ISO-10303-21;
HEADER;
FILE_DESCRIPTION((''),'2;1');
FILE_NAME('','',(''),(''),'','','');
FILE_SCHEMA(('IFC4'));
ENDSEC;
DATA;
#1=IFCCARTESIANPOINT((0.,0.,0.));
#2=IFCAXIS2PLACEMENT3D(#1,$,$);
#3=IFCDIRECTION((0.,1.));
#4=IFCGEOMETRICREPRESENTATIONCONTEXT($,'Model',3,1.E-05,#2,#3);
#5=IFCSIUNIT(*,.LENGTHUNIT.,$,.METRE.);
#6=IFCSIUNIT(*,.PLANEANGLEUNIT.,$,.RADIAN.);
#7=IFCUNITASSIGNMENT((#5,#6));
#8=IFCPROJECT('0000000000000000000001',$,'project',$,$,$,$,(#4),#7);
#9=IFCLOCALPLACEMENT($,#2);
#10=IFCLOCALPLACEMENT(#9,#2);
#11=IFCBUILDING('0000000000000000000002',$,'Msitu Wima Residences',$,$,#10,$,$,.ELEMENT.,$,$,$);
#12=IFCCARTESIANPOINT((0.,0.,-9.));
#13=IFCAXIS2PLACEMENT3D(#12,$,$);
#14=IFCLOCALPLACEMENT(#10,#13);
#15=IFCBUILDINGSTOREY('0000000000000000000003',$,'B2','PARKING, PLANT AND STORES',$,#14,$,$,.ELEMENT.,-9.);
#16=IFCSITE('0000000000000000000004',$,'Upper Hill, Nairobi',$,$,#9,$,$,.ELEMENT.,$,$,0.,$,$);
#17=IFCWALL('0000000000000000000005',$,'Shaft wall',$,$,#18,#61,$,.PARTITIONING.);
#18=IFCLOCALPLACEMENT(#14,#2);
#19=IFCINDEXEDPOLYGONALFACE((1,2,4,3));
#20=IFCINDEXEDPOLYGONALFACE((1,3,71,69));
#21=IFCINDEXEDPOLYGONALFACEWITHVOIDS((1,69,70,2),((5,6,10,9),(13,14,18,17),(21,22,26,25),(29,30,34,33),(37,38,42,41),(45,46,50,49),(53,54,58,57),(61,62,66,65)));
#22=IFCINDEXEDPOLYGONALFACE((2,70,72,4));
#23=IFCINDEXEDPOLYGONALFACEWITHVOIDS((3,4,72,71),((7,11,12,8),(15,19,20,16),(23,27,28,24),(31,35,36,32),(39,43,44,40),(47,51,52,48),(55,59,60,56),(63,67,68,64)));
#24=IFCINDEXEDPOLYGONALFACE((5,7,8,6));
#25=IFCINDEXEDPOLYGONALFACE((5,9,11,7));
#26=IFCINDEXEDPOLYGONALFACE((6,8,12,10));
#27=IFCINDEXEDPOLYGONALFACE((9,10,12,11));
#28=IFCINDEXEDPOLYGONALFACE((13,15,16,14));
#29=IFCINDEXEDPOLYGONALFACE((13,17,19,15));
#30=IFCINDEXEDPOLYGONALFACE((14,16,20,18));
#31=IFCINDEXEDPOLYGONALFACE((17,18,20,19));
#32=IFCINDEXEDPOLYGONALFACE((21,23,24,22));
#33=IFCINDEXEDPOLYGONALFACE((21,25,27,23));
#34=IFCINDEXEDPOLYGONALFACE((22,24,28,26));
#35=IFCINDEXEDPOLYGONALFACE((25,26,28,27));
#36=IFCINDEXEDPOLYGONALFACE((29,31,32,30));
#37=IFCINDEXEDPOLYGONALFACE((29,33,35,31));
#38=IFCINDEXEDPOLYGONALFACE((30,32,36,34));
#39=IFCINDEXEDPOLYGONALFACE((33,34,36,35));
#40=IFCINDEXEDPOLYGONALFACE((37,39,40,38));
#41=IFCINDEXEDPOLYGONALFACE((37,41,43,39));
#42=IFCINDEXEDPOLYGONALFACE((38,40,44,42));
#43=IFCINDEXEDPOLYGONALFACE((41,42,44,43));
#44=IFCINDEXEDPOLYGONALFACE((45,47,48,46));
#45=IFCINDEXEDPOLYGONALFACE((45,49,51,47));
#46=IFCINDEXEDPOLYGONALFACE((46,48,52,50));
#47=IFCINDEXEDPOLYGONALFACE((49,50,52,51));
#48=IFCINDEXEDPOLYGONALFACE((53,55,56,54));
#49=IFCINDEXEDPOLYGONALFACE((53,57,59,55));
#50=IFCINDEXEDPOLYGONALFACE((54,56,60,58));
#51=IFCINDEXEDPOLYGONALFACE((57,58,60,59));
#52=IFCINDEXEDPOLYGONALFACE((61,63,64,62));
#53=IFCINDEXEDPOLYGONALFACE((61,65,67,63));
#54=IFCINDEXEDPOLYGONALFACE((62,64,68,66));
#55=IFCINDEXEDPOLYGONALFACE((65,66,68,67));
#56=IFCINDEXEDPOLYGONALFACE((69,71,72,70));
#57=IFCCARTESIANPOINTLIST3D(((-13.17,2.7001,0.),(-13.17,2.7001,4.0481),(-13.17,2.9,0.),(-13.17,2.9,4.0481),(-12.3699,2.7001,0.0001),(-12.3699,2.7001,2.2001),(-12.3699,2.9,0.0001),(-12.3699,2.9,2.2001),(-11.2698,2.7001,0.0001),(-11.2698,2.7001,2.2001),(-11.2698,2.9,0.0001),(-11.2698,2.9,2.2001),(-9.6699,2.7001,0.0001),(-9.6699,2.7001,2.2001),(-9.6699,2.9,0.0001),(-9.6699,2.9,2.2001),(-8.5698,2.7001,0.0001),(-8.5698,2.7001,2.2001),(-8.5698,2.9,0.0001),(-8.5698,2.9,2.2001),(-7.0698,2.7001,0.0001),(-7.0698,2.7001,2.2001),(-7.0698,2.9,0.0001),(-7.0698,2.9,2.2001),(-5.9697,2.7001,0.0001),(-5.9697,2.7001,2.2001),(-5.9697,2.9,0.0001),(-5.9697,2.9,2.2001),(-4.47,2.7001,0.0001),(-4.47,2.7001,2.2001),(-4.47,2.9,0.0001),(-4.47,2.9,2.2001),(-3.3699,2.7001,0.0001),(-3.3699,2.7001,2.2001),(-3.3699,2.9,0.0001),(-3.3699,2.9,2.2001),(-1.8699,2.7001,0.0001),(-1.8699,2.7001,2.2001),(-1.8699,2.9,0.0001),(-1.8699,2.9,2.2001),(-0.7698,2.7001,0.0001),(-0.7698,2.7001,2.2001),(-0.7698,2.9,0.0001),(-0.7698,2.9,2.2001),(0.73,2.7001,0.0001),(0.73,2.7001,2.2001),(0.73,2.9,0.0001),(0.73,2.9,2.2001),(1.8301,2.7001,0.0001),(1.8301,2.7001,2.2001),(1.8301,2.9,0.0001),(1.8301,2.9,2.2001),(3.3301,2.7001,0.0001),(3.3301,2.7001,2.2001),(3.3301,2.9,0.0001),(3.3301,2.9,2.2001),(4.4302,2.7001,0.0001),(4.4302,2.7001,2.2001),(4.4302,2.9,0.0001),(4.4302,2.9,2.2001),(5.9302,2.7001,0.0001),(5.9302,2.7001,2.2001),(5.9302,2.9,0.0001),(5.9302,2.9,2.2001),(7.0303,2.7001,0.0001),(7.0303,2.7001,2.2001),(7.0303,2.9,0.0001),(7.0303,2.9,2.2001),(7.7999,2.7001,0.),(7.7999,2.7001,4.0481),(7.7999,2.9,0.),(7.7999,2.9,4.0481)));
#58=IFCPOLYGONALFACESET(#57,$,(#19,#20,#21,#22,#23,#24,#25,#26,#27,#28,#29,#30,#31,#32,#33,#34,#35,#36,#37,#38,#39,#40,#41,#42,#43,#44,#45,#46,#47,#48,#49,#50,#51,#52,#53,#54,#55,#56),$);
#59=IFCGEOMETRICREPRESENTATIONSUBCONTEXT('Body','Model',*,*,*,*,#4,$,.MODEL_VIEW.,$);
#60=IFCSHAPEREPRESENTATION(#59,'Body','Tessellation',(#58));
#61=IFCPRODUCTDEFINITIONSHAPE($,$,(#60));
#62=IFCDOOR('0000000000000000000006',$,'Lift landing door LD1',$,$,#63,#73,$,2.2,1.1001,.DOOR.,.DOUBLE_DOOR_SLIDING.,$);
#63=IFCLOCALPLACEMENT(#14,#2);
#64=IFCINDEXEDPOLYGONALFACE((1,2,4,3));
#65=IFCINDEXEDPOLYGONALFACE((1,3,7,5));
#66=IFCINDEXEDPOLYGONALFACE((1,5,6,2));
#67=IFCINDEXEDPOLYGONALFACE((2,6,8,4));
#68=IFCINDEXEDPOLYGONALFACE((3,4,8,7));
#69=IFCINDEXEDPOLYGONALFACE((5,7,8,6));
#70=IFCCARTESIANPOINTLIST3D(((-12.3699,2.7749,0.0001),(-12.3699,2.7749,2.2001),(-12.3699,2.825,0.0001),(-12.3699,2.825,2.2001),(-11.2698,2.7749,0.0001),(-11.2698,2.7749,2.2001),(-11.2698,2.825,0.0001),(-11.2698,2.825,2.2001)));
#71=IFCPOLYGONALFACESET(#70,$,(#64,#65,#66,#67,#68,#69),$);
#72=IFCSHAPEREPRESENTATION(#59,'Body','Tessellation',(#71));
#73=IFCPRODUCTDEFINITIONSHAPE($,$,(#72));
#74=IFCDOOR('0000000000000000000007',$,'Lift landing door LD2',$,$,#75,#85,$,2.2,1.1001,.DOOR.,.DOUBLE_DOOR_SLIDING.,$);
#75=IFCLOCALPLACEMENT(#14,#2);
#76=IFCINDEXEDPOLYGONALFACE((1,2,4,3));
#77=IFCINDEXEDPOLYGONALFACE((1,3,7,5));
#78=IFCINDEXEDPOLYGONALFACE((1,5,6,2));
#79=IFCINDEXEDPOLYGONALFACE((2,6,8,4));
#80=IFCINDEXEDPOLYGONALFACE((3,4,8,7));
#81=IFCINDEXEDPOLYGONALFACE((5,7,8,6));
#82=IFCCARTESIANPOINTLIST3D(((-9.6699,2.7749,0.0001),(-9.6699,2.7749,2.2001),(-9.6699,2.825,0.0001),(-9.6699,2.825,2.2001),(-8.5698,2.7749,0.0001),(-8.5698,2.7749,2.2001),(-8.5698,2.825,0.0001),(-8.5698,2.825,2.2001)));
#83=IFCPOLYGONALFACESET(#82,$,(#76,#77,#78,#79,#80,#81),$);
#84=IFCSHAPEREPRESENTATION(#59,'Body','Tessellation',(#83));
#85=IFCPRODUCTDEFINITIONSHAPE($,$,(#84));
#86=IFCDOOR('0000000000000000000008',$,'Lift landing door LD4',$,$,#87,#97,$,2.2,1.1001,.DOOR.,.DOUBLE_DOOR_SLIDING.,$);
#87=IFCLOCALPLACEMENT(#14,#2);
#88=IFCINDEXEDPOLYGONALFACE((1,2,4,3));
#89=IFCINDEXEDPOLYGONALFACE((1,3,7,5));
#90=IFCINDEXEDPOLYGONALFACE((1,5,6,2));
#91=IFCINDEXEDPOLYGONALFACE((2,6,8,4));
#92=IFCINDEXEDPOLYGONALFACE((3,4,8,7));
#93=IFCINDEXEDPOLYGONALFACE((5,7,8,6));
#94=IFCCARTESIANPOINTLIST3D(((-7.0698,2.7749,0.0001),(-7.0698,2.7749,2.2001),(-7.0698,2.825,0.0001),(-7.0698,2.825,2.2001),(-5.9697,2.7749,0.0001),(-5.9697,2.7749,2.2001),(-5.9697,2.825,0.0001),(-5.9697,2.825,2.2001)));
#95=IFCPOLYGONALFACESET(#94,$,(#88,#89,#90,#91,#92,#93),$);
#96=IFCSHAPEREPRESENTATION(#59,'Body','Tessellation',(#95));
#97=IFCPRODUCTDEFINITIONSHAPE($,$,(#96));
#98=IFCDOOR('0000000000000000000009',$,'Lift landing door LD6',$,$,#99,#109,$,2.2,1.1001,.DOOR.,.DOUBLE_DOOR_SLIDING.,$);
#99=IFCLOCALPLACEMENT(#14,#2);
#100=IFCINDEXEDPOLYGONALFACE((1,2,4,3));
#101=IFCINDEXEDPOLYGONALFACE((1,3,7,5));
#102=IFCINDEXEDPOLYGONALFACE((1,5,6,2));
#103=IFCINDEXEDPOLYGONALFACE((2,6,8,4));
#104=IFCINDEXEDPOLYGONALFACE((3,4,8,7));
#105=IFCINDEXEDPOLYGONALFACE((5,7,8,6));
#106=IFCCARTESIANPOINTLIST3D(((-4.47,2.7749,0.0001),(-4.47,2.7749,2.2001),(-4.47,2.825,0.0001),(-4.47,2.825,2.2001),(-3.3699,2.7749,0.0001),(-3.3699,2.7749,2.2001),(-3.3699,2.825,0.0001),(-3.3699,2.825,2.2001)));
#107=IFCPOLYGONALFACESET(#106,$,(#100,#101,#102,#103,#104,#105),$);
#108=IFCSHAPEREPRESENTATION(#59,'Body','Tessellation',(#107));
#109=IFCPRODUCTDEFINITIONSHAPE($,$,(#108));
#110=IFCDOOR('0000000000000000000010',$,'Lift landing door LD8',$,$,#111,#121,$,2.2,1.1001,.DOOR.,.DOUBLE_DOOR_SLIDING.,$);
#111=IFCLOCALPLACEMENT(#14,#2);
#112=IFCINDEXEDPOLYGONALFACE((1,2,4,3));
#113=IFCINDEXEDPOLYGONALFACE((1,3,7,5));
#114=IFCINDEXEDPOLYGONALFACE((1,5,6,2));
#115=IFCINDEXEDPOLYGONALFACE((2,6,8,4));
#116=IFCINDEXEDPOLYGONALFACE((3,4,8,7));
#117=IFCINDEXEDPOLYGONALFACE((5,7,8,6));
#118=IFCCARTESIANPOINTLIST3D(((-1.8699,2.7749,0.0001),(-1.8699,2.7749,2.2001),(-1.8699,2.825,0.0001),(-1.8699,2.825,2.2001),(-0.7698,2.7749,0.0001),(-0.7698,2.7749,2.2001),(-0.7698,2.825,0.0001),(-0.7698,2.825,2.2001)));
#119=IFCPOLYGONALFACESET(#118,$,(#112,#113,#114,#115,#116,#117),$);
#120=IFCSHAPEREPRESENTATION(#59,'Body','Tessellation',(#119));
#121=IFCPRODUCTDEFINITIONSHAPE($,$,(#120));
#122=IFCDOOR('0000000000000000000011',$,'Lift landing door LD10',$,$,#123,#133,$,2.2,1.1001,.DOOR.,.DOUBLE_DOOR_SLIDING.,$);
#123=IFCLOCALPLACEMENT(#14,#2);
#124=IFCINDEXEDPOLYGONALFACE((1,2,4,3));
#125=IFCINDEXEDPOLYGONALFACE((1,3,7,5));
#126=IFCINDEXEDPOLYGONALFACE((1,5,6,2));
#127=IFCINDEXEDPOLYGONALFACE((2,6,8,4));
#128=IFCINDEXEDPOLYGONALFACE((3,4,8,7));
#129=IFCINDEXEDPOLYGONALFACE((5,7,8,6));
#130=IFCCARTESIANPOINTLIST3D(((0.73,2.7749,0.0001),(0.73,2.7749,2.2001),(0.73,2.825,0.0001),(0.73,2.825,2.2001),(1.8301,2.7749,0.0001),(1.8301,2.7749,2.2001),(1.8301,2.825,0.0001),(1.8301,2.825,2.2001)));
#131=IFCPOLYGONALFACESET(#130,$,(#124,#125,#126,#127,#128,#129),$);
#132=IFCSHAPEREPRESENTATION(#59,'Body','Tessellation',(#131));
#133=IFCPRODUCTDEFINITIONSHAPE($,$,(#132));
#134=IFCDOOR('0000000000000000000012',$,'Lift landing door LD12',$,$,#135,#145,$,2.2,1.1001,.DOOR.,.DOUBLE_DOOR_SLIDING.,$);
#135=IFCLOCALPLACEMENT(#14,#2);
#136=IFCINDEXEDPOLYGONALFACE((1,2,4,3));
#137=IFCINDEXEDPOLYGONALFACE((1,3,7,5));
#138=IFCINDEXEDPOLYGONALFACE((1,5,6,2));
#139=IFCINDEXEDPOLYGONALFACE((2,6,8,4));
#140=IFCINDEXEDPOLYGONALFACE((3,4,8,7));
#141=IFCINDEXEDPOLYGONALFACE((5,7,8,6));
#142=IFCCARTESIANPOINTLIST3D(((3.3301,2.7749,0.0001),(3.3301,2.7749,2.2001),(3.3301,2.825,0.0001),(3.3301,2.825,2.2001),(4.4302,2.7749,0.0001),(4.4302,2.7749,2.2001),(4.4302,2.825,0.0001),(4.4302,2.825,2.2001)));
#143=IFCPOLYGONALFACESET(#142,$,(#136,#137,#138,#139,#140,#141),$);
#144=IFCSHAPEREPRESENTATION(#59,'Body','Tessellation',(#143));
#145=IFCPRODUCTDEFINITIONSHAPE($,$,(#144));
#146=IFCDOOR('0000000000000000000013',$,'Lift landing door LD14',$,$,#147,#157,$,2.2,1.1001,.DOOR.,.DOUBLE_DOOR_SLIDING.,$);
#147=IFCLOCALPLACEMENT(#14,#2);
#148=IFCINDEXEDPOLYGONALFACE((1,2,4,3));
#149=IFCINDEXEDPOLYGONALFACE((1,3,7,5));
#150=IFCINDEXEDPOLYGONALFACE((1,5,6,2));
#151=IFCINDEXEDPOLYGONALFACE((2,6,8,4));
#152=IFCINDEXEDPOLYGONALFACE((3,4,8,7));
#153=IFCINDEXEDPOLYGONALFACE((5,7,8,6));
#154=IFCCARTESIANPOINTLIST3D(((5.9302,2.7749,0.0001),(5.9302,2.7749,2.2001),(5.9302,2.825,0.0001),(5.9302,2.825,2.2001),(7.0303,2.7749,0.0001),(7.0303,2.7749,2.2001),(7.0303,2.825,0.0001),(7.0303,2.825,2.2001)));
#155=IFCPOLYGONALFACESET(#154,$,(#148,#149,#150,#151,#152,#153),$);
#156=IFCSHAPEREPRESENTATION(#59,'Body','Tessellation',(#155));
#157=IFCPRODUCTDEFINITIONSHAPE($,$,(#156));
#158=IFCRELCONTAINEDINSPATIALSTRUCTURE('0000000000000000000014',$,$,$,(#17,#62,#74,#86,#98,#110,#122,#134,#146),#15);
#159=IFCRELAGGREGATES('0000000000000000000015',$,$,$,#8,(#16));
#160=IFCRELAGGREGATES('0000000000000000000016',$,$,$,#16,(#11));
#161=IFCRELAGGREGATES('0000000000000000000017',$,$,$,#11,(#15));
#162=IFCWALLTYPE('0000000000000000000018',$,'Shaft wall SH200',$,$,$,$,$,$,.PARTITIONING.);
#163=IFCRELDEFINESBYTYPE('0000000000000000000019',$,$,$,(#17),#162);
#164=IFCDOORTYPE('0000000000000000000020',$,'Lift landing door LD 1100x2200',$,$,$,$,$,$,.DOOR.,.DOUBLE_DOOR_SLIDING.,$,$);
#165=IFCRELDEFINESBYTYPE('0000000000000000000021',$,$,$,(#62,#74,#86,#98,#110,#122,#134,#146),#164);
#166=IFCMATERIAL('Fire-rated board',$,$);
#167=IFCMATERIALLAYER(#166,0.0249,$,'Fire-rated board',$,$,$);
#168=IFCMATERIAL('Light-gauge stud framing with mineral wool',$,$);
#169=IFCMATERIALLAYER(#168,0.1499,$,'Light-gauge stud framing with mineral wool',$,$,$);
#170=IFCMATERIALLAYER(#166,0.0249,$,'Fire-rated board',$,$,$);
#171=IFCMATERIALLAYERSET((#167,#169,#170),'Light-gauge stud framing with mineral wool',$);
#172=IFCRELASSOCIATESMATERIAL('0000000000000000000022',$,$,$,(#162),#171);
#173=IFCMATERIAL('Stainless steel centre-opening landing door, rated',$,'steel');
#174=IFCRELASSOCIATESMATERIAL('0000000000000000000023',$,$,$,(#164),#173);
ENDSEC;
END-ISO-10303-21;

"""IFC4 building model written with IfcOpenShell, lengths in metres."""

from ifc_helpers import new_model, si_unit, direction, frame, frame_2d, origin, place, context, subcontext, project, spatial, rectangle, extrude, material, layer, layer_set, type_object, element, fill, save


model = new_model("IFC4")

# Units and contexts
model_context = context("Model", 3, precision=1e-05, world=origin(), true_north=direction((0.0, 1.0)))
body_context = subcontext(model_context, "Body", "Model", "MODEL_VIEW")
ifc_project = project(units=[si_unit("LENGTHUNIT", "METRE"), si_unit("PLANEANGLEUNIT", "RADIAN")], contexts=[model_context])

# Site, building, storey
site_placement = place(None, origin())
site = spatial("IfcSite", under=ifc_project, at=site_placement, Name="Upper Hill, Nairobi", CompositionType="ELEMENT", RefElevation=0.0)
building_placement = place(site_placement, origin())
building = spatial("IfcBuilding", under=site, at=building_placement, Name="Msitu Wima Residences", CompositionType="ELEMENT")
storey_placement = place(building_placement, frame((0.0, 0.0, -9.0)))
storey = spatial("IfcBuildingStorey", under=building, at=storey_placement, Name="B2", Description="PARKING, PLANT AND STORES", CompositionType="ELEMENT", Elevation=-9.0)

# Shared definitions
ifc_material_1 = material(Name="Fire-rated board")
ifc_layer_1 = layer(ifc_material_1, 0.0249, Name="Fire-rated board")
ifc_material_2 = material(Name="Light-gauge stud framing with mineral wool")
ifc_layer_2 = layer(ifc_material_2, 0.1499, Name="Light-gauge stud framing with mineral wool")
ifc_layer_3 = layer(ifc_material_1, 0.0249, Name="Fire-rated board")
ifc_layer_set_1 = layer_set([ifc_layer_1, ifc_layer_2, ifc_layer_3], Name="Light-gauge stud framing with mineral wool")
wall_type_1 = type_object("IfcWallType", Name="Shaft wall SH200", PredefinedType="PARTITIONING", material=ifc_layer_set_1)

# Wall, openings, doors
wall_1_placement = place(storey_placement, frame((-13.1699, 2.8, 0.0), z_axis=(0.0, 0.0, 1.0), x_axis=(1.0, 0.0, 0.0)))
wall_1 = element("IfcWall", 1, at=wall_1_placement, inside=storey, type_object=wall_type_1, Name="Shaft wall", PredefinedType="PARTITIONING", context=body_context, shape_type="SweptSolid", body=[
    extrude(rectangle(XDim=20.97, YDim=0.2, at=frame_2d((10.4849, 0.0))), origin(), (0.0, 0.0, 1.0), 4.0481),
])
opening_1_placement = place(wall_1_placement, frame((0.8, 0.0, 0.0)))
opening_1 = element("IfcOpeningElement", 2, at=opening_1_placement, cuts=wall_1, PredefinedType="OPENING", context=body_context, shape_type="SweptSolid", body=[
    extrude(rectangle(XDim=1.1001, YDim=2.2, at=frame_2d((0.55, 1.1001))), frame((0.0, 0.1099, 0.0), z_axis=(0.0, -1.0, 0.0), x_axis=(1.0, 0.0, 0.0)), (0.0, 0.0, 1.0), 0.22),
])
opening_2_placement = place(wall_1_placement, frame((3.5, 0.0, 0.0)))
opening_2 = element("IfcOpeningElement", 3, at=opening_2_placement, cuts=wall_1, PredefinedType="OPENING", context=body_context, shape_type="SweptSolid", body=[
    extrude(rectangle(XDim=1.1001, YDim=2.2, at=frame_2d((0.55, 1.1001))), frame((0.0, 0.1099, 0.0), z_axis=(0.0, -1.0, 0.0), x_axis=(1.0, 0.0, 0.0)), (0.0, 0.0, 1.0), 0.22),
])
opening_3_placement = place(wall_1_placement, frame((6.1001, 0.0, 0.0)))
opening_3 = element("IfcOpeningElement", 4, at=opening_3_placement, cuts=wall_1, PredefinedType="OPENING", context=body_context, shape_type="SweptSolid", body=[
    extrude(rectangle(XDim=1.1001, YDim=2.2, at=frame_2d((0.55, 1.1001))), frame((0.0, 0.1099, 0.0), z_axis=(0.0, -1.0, 0.0), x_axis=(1.0, 0.0, 0.0)), (0.0, 0.0, 1.0), 0.22),
])
opening_4_placement = place(wall_1_placement, frame((8.7, 0.0, 0.0)))
opening_4 = element("IfcOpeningElement", 5, at=opening_4_placement, cuts=wall_1, PredefinedType="OPENING", context=body_context, shape_type="SweptSolid", body=[
    extrude(rectangle(XDim=1.1001, YDim=2.2, at=frame_2d((0.55, 1.1001))), frame((0.0, 0.1099, 0.0), z_axis=(0.0, -1.0, 0.0), x_axis=(1.0, 0.0, 0.0)), (0.0, 0.0, 1.0), 0.22),
])
opening_5_placement = place(wall_1_placement, frame((11.3, 0.0, 0.0)))
opening_5 = element("IfcOpeningElement", 6, at=opening_5_placement, cuts=wall_1, PredefinedType="OPENING", context=body_context, shape_type="SweptSolid", body=[
    extrude(rectangle(XDim=1.1001, YDim=2.2, at=frame_2d((0.55, 1.1001))), frame((0.0, 0.1099, 0.0), z_axis=(0.0, -1.0, 0.0), x_axis=(1.0, 0.0, 0.0)), (0.0, 0.0, 1.0), 0.22),
])
opening_6_placement = place(wall_1_placement, frame((13.8999, 0.0, 0.0)))
opening_6 = element("IfcOpeningElement", 7, at=opening_6_placement, cuts=wall_1, PredefinedType="OPENING", context=body_context, shape_type="SweptSolid", body=[
    extrude(rectangle(XDim=1.1001, YDim=2.2, at=frame_2d((0.55, 1.1001))), frame((0.0, 0.1099, 0.0), z_axis=(0.0, -1.0, 0.0), x_axis=(1.0, 0.0, 0.0)), (0.0, 0.0, 1.0), 0.22),
])
opening_7_placement = place(wall_1_placement, frame((16.5, 0.0, 0.0)))
opening_7 = element("IfcOpeningElement", 8, at=opening_7_placement, cuts=wall_1, PredefinedType="OPENING", context=body_context, shape_type="SweptSolid", body=[
    extrude(rectangle(XDim=1.1001, YDim=2.2, at=frame_2d((0.55, 1.1001))), frame((0.0, 0.1099, 0.0), z_axis=(0.0, -1.0, 0.0), x_axis=(1.0, 0.0, 0.0)), (0.0, 0.0, 1.0), 0.22),
])
opening_8_placement = place(wall_1_placement, frame((19.1001, 0.0, 0.0)))
opening_8 = element("IfcOpeningElement", 9, at=opening_8_placement, cuts=wall_1, PredefinedType="OPENING", context=body_context, shape_type="SweptSolid", body=[
    extrude(rectangle(XDim=1.1001, YDim=2.2, at=frame_2d((0.55, 1.1001))), frame((0.0, 0.1099, 0.0), z_axis=(0.0, -1.0, 0.0), x_axis=(1.0, 0.0, 0.0)), (0.0, 0.0, 1.0), 0.22),
])
ifc_material_3 = material(Name="Stainless steel centre-opening landing door, rated", Category="steel")
door_type_1 = type_object("IfcDoorType", Name="Lift landing door LD 1100x2200", OperationType="DOUBLE_DOOR_SLIDING", PredefinedType="DOOR", material=ifc_material_3)
door_1_placement = place(opening_1_placement, origin())
door_1 = element("IfcDoor", 10, at=door_1_placement, inside=storey, type_object=door_type_1, Name="Lift landing door LD1", OperationType="DOUBLE_DOOR_SLIDING", OverallHeight=2.2, OverallWidth=1.1001, PredefinedType="DOOR", context=body_context, shape_type="SweptSolid", body=[
    extrude(rectangle(XDim=1.1001, YDim=2.2, at=frame_2d((0.55, 1.1001))), frame((0.0, 0.0249, 0.0), z_axis=(0.0, -1.0, 0.0), x_axis=(1.0, 0.0, 0.0)), (0.0, 0.0, 1.0), 0.05),
])
fill(opening_1, door_1)
door_2_placement = place(opening_2_placement, origin())
door_2 = element("IfcDoor", 11, at=door_2_placement, inside=storey, type_object=door_type_1, Name="Lift landing door LD2", OperationType="DOUBLE_DOOR_SLIDING", OverallHeight=2.2, OverallWidth=1.1001, PredefinedType="DOOR", context=body_context, shape_type="SweptSolid", body=[
    extrude(rectangle(XDim=1.1001, YDim=2.2, at=frame_2d((0.55, 1.1001))), frame((0.0, 0.0249, 0.0), z_axis=(0.0, -1.0, 0.0), x_axis=(1.0, 0.0, 0.0)), (0.0, 0.0, 1.0), 0.05),
])
fill(opening_2, door_2)
door_3_placement = place(opening_3_placement, origin())
door_3 = element("IfcDoor", 12, at=door_3_placement, inside=storey, type_object=door_type_1, Name="Lift landing door LD4", OperationType="DOUBLE_DOOR_SLIDING", OverallHeight=2.2, OverallWidth=1.1001, PredefinedType="DOOR", context=body_context, shape_type="SweptSolid", body=[
    extrude(rectangle(XDim=1.1001, YDim=2.2, at=frame_2d((0.55, 1.1001))), frame((0.0, 0.0249, 0.0), z_axis=(0.0, -1.0, 0.0), x_axis=(1.0, 0.0, 0.0)), (0.0, 0.0, 1.0), 0.05),
])
fill(opening_3, door_3)
door_4_placement = place(opening_4_placement, origin())
door_4 = element("IfcDoor", 13, at=door_4_placement, inside=storey, type_object=door_type_1, Name="Lift landing door LD6", OperationType="DOUBLE_DOOR_SLIDING", OverallHeight=2.2, OverallWidth=1.1001, PredefinedType="DOOR", context=body_context, shape_type="SweptSolid", body=[
    extrude(rectangle(XDim=1.1001, YDim=2.2, at=frame_2d((0.55, 1.1001))), frame((0.0, 0.0249, 0.0), z_axis=(0.0, -1.0, 0.0), x_axis=(1.0, 0.0, 0.0)), (0.0, 0.0, 1.0), 0.05),
])
fill(opening_4, door_4)
door_5_placement = place(opening_5_placement, origin())
door_5 = element("IfcDoor", 14, at=door_5_placement, inside=storey, type_object=door_type_1, Name="Lift landing door LD8", OperationType="DOUBLE_DOOR_SLIDING", OverallHeight=2.2, OverallWidth=1.1001, PredefinedType="DOOR", context=body_context, shape_type="SweptSolid", body=[
    extrude(rectangle(XDim=1.1001, YDim=2.2, at=frame_2d((0.55, 1.1001))), frame((0.0, 0.0249, 0.0), z_axis=(0.0, -1.0, 0.0), x_axis=(1.0, 0.0, 0.0)), (0.0, 0.0, 1.0), 0.05),
])
fill(opening_5, door_5)
door_6_placement = place(opening_6_placement, origin())
door_6 = element("IfcDoor", 15, at=door_6_placement, inside=storey, type_object=door_type_1, Name="Lift landing door LD10", OperationType="DOUBLE_DOOR_SLIDING", OverallHeight=2.2, OverallWidth=1.1001, PredefinedType="DOOR", context=body_context, shape_type="SweptSolid", body=[
    extrude(rectangle(XDim=1.1001, YDim=2.2, at=frame_2d((0.55, 1.1001))), frame((0.0, 0.0249, 0.0), z_axis=(0.0, -1.0, 0.0), x_axis=(1.0, 0.0, 0.0)), (0.0, 0.0, 1.0), 0.05),
])
fill(opening_6, door_6)
door_7_placement = place(opening_7_placement, origin())
door_7 = element("IfcDoor", 16, at=door_7_placement, inside=storey, type_object=door_type_1, Name="Lift landing door LD12", OperationType="DOUBLE_DOOR_SLIDING", OverallHeight=2.2, OverallWidth=1.1001, PredefinedType="DOOR", context=body_context, shape_type="SweptSolid", body=[
    extrude(rectangle(XDim=1.1001, YDim=2.2, at=frame_2d((0.55, 1.1001))), frame((0.0, 0.0249, 0.0), z_axis=(0.0, -1.0, 0.0), x_axis=(1.0, 0.0, 0.0)), (0.0, 0.0, 1.0), 0.05),
])
fill(opening_7, door_7)
door_8_placement = place(opening_8_placement, origin())
door_8 = element("IfcDoor", 17, at=door_8_placement, inside=storey, type_object=door_type_1, Name="Lift landing door LD14", OperationType="DOUBLE_DOOR_SLIDING", OverallHeight=2.2, OverallWidth=1.1001, PredefinedType="DOOR", context=body_context, shape_type="SweptSolid", body=[
    extrude(rectangle(XDim=1.1001, YDim=2.2, at=frame_2d((0.55, 1.1001))), frame((0.0, 0.0249, 0.0), z_axis=(0.0, -1.0, 0.0), x_axis=(1.0, 0.0, 0.0)), (0.0, 0.0, 1.0), 0.05),
])
fill(opening_8, door_8)

save(model, "model.ifc")
